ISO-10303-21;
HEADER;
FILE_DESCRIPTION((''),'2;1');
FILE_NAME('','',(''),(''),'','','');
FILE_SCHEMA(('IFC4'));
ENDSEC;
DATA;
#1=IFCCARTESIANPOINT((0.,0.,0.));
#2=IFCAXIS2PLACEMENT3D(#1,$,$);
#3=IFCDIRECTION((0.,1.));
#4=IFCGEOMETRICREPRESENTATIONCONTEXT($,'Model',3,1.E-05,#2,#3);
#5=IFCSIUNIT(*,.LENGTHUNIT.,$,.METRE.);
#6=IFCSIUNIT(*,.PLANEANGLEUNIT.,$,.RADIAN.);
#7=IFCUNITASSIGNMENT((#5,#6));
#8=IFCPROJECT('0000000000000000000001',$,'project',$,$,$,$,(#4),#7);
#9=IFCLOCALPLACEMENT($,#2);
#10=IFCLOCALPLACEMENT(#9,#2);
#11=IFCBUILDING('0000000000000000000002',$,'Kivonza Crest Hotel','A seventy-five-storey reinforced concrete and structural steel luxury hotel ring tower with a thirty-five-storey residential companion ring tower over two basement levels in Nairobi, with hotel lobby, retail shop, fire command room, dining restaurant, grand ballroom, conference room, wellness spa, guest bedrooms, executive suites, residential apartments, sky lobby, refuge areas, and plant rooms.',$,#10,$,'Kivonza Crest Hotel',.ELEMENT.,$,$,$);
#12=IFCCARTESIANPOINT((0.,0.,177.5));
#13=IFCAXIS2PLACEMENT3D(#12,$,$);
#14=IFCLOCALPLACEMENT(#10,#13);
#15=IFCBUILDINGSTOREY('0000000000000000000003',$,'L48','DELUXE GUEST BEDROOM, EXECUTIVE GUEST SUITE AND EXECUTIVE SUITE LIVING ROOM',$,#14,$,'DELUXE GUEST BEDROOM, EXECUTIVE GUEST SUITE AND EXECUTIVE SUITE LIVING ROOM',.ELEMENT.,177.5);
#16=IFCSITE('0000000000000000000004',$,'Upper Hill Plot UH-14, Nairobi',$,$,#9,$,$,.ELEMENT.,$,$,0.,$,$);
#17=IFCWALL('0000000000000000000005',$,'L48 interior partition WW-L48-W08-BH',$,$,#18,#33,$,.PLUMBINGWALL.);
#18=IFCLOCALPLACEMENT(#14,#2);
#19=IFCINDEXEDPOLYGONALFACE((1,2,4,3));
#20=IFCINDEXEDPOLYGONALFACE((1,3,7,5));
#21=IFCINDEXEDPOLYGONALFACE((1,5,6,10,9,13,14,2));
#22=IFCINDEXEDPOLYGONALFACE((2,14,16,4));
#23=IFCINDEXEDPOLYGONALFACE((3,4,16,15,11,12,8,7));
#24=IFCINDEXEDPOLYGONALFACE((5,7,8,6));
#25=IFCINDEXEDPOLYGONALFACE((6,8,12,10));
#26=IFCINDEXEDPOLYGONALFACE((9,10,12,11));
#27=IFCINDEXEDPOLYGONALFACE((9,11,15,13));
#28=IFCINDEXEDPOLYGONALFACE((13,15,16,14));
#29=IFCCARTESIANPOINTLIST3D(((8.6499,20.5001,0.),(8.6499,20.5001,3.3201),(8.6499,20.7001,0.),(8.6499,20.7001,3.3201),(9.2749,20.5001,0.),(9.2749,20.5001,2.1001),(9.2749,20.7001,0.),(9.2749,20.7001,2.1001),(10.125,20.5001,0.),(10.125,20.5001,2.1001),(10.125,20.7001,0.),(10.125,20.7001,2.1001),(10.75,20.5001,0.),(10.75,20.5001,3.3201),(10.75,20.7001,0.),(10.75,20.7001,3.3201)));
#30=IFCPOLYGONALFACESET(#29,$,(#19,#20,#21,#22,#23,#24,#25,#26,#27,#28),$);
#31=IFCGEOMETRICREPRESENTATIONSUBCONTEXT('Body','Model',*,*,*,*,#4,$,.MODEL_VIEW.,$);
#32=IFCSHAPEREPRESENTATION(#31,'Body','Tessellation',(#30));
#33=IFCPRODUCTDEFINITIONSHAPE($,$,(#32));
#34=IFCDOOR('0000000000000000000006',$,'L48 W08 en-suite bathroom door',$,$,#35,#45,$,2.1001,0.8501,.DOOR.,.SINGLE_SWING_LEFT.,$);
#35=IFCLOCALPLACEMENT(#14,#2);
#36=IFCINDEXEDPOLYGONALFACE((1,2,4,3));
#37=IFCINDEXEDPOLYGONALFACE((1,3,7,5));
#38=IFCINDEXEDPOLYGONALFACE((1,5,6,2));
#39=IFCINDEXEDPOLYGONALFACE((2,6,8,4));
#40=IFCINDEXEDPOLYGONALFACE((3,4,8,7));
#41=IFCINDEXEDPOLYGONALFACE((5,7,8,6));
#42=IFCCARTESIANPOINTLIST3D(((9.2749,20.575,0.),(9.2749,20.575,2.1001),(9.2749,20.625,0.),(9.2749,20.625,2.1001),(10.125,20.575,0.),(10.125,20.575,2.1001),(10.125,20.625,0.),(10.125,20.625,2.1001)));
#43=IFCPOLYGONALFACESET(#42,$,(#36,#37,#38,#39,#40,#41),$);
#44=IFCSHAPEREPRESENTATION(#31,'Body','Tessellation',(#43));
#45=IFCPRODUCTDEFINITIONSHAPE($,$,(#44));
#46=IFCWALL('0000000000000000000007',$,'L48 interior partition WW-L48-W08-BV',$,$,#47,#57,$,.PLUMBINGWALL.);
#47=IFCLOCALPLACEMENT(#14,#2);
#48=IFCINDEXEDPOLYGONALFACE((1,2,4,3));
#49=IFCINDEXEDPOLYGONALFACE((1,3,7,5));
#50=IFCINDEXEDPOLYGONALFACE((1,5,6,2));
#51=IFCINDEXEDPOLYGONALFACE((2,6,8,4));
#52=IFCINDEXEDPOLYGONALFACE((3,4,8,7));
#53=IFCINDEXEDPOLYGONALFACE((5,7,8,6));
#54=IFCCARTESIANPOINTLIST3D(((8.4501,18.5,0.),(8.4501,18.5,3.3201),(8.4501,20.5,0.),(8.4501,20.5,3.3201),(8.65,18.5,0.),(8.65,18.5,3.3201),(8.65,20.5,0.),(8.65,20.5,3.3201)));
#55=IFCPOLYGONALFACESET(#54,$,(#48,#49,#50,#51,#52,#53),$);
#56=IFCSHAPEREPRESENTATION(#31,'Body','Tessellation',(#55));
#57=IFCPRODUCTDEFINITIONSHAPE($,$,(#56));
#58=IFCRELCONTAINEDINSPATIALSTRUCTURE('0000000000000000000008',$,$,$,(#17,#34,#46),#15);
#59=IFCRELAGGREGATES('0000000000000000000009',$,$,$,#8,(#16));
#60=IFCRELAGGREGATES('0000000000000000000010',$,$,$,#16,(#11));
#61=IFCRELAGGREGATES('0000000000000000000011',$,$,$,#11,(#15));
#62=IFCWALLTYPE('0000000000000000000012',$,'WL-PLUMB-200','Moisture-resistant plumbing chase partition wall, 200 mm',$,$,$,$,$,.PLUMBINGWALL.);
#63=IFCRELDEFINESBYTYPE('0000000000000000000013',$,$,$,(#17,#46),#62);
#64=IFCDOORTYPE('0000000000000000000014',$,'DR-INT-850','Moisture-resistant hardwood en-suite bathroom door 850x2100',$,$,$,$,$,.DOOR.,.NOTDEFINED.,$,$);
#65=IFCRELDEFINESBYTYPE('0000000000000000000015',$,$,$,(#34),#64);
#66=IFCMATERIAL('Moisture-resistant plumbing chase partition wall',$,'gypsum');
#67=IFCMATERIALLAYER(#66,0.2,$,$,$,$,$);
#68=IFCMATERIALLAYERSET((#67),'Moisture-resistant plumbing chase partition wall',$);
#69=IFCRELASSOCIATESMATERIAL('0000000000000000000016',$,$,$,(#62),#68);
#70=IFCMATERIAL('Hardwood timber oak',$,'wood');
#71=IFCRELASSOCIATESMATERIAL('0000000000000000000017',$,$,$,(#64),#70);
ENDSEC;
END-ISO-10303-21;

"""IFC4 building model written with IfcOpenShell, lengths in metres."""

from ifc_helpers import new_model, si_unit, direction, frame, frame_2d, origin, place, context, subcontext, project, spatial, rectangle, extrude, material, layer, layer_set, type_object, element, fill, save


model = new_model("IFC4")

# Units and contexts
model_context = context("Model", 3, precision=1e-05, world=origin(), true_north=direction((0.0, 1.0)))
body_context = subcontext(model_context, "Body", "Model", "MODEL_VIEW")
ifc_project = project(units=[si_unit("LENGTHUNIT", "METRE"), si_unit("PLANEANGLEUNIT", "RADIAN")], contexts=[model_context])

# Site, building, storey
site_placement = place(None, origin())
site = spatial("IfcSite", under=ifc_project, at=site_placement, Name="Upper Hill Plot UH-14, Nairobi", CompositionType="ELEMENT", RefElevation=0.0)
building_placement = place(site_placement, origin())
building = spatial("IfcBuilding", under=site, at=building_placement, Name="Kivonza Crest Hotel", Description="A seventy-five-storey reinforced concrete and structural steel luxury hotel ring tower with a thirty-five-storey residential companion ring tower over two basement levels in Nairobi, with hotel lobby, retail shop, fire command room, dining restaurant, grand ballroom, conference room, wellness spa, guest bedrooms, executive suites, residential apartments, sky lobby, refuge areas, and plant rooms.", LongName="Kivonza Crest Hotel", CompositionType="ELEMENT")
storey_placement = place(building_placement, frame((0.0, 0.0, 177.5)))
storey = spatial("IfcBuildingStorey", under=building, at=storey_placement, Name="L48", Description="DELUXE GUEST BEDROOM, EXECUTIVE GUEST SUITE AND EXECUTIVE SUITE LIVING ROOM", LongName="DELUXE GUEST BEDROOM, EXECUTIVE GUEST SUITE AND EXECUTIVE SUITE LIVING ROOM", CompositionType="ELEMENT", Elevation=177.5)

# Shared definitions
ifc_material_1 = material(Name="Hardwood timber oak", Category="wood")

# Wall, opening, door
ifc_material_2 = material(Name="Moisture-resistant plumbing chase partition wall", Category="gypsum")
ifc_layer_1 = layer(ifc_material_2, 0.2)
ifc_layer_set_1 = layer_set([ifc_layer_1], Name="Moisture-resistant plumbing chase partition wall")
wall_type_1 = type_object("IfcWallType", Name="WL-PLUMB-200", Description="Moisture-resistant plumbing chase partition wall, 200 mm", PredefinedType="PLUMBINGWALL", material=ifc_layer_set_1)
wall_1_placement = place(storey_placement, frame((8.6499, 20.6001, 0.0), z_axis=(0.0, 0.0, 1.0), x_axis=(1.0, 0.0, 0.0)))
wall_1 = element("IfcWall", 1, at=wall_1_placement, inside=storey, type_object=wall_type_1, Name="L48 interior partition WW-L48-W08-BH", PredefinedType="PLUMBINGWALL", context=body_context, shape_type="SweptSolid", body=[
    extrude(rectangle(XDim=2.1001, YDim=0.2, at=frame_2d((1.05, 0.0))), origin(), (0.0, 0.0, 1.0), 3.3201),
])
opening_1_placement = place(wall_1_placement, frame((0.625, 0.0, 0.0)))
opening_1 = element("IfcOpeningElement", 2, at=opening_1_placement, cuts=wall_1, PredefinedType="OPENING", context=body_context, shape_type="SweptSolid", body=[
    extrude(rectangle(XDim=0.8501, YDim=2.1001, at=frame_2d((0.425, 1.05))), frame((0.0, 0.1099, 0.0), z_axis=(0.0, -1.0, 0.0), x_axis=(1.0, 0.0, 0.0)), (0.0, 0.0, 1.0), 0.22),
])
door_type_1 = type_object("IfcDoorType", Name="DR-INT-850", Description="Moisture-resistant hardwood en-suite bathroom door 850x2100", OperationType="NOTDEFINED", PredefinedType="DOOR", material=ifc_material_1)
door_1_placement = place(opening_1_placement, origin())
door_1 = element("IfcDoor", 3, at=door_1_placement, inside=storey, type_object=door_type_1, Name="L48 W08 en-suite bathroom door", OperationType="SINGLE_SWING_LEFT", OverallHeight=2.1001, OverallWidth=0.8501, PredefinedType="DOOR", context=body_context, shape_type="SweptSolid", body=[
    extrude(rectangle(XDim=0.8501, YDim=2.1001, at=frame_2d((0.425, 1.05))), frame((0.0, 0.0249, 0.0), z_axis=(0.0, -1.0, 0.0), x_axis=(1.0, 0.0, 0.0)), (0.0, 0.0, 1.0), 0.05),
])
fill(opening_1, door_1)

# Wall
wall_2_placement = place(storey_placement, frame((8.55, 18.5, 0.0), z_axis=(0.0, 0.0, 1.0), x_axis=(0.0, 1.0, 0.0)))
element("IfcWall", 4, at=wall_2_placement, inside=storey, type_object=wall_type_1, Name="L48 interior partition WW-L48-W08-BV", PredefinedType="PLUMBINGWALL", context=body_context, shape_type="SweptSolid", body=[
    extrude(rectangle(XDim=2.0, YDim=0.2, at=frame_2d((1.0, 0.0))), origin(), (0.0, 0.0, 1.0), 3.3201),
])

save(model, "model.ifc")
